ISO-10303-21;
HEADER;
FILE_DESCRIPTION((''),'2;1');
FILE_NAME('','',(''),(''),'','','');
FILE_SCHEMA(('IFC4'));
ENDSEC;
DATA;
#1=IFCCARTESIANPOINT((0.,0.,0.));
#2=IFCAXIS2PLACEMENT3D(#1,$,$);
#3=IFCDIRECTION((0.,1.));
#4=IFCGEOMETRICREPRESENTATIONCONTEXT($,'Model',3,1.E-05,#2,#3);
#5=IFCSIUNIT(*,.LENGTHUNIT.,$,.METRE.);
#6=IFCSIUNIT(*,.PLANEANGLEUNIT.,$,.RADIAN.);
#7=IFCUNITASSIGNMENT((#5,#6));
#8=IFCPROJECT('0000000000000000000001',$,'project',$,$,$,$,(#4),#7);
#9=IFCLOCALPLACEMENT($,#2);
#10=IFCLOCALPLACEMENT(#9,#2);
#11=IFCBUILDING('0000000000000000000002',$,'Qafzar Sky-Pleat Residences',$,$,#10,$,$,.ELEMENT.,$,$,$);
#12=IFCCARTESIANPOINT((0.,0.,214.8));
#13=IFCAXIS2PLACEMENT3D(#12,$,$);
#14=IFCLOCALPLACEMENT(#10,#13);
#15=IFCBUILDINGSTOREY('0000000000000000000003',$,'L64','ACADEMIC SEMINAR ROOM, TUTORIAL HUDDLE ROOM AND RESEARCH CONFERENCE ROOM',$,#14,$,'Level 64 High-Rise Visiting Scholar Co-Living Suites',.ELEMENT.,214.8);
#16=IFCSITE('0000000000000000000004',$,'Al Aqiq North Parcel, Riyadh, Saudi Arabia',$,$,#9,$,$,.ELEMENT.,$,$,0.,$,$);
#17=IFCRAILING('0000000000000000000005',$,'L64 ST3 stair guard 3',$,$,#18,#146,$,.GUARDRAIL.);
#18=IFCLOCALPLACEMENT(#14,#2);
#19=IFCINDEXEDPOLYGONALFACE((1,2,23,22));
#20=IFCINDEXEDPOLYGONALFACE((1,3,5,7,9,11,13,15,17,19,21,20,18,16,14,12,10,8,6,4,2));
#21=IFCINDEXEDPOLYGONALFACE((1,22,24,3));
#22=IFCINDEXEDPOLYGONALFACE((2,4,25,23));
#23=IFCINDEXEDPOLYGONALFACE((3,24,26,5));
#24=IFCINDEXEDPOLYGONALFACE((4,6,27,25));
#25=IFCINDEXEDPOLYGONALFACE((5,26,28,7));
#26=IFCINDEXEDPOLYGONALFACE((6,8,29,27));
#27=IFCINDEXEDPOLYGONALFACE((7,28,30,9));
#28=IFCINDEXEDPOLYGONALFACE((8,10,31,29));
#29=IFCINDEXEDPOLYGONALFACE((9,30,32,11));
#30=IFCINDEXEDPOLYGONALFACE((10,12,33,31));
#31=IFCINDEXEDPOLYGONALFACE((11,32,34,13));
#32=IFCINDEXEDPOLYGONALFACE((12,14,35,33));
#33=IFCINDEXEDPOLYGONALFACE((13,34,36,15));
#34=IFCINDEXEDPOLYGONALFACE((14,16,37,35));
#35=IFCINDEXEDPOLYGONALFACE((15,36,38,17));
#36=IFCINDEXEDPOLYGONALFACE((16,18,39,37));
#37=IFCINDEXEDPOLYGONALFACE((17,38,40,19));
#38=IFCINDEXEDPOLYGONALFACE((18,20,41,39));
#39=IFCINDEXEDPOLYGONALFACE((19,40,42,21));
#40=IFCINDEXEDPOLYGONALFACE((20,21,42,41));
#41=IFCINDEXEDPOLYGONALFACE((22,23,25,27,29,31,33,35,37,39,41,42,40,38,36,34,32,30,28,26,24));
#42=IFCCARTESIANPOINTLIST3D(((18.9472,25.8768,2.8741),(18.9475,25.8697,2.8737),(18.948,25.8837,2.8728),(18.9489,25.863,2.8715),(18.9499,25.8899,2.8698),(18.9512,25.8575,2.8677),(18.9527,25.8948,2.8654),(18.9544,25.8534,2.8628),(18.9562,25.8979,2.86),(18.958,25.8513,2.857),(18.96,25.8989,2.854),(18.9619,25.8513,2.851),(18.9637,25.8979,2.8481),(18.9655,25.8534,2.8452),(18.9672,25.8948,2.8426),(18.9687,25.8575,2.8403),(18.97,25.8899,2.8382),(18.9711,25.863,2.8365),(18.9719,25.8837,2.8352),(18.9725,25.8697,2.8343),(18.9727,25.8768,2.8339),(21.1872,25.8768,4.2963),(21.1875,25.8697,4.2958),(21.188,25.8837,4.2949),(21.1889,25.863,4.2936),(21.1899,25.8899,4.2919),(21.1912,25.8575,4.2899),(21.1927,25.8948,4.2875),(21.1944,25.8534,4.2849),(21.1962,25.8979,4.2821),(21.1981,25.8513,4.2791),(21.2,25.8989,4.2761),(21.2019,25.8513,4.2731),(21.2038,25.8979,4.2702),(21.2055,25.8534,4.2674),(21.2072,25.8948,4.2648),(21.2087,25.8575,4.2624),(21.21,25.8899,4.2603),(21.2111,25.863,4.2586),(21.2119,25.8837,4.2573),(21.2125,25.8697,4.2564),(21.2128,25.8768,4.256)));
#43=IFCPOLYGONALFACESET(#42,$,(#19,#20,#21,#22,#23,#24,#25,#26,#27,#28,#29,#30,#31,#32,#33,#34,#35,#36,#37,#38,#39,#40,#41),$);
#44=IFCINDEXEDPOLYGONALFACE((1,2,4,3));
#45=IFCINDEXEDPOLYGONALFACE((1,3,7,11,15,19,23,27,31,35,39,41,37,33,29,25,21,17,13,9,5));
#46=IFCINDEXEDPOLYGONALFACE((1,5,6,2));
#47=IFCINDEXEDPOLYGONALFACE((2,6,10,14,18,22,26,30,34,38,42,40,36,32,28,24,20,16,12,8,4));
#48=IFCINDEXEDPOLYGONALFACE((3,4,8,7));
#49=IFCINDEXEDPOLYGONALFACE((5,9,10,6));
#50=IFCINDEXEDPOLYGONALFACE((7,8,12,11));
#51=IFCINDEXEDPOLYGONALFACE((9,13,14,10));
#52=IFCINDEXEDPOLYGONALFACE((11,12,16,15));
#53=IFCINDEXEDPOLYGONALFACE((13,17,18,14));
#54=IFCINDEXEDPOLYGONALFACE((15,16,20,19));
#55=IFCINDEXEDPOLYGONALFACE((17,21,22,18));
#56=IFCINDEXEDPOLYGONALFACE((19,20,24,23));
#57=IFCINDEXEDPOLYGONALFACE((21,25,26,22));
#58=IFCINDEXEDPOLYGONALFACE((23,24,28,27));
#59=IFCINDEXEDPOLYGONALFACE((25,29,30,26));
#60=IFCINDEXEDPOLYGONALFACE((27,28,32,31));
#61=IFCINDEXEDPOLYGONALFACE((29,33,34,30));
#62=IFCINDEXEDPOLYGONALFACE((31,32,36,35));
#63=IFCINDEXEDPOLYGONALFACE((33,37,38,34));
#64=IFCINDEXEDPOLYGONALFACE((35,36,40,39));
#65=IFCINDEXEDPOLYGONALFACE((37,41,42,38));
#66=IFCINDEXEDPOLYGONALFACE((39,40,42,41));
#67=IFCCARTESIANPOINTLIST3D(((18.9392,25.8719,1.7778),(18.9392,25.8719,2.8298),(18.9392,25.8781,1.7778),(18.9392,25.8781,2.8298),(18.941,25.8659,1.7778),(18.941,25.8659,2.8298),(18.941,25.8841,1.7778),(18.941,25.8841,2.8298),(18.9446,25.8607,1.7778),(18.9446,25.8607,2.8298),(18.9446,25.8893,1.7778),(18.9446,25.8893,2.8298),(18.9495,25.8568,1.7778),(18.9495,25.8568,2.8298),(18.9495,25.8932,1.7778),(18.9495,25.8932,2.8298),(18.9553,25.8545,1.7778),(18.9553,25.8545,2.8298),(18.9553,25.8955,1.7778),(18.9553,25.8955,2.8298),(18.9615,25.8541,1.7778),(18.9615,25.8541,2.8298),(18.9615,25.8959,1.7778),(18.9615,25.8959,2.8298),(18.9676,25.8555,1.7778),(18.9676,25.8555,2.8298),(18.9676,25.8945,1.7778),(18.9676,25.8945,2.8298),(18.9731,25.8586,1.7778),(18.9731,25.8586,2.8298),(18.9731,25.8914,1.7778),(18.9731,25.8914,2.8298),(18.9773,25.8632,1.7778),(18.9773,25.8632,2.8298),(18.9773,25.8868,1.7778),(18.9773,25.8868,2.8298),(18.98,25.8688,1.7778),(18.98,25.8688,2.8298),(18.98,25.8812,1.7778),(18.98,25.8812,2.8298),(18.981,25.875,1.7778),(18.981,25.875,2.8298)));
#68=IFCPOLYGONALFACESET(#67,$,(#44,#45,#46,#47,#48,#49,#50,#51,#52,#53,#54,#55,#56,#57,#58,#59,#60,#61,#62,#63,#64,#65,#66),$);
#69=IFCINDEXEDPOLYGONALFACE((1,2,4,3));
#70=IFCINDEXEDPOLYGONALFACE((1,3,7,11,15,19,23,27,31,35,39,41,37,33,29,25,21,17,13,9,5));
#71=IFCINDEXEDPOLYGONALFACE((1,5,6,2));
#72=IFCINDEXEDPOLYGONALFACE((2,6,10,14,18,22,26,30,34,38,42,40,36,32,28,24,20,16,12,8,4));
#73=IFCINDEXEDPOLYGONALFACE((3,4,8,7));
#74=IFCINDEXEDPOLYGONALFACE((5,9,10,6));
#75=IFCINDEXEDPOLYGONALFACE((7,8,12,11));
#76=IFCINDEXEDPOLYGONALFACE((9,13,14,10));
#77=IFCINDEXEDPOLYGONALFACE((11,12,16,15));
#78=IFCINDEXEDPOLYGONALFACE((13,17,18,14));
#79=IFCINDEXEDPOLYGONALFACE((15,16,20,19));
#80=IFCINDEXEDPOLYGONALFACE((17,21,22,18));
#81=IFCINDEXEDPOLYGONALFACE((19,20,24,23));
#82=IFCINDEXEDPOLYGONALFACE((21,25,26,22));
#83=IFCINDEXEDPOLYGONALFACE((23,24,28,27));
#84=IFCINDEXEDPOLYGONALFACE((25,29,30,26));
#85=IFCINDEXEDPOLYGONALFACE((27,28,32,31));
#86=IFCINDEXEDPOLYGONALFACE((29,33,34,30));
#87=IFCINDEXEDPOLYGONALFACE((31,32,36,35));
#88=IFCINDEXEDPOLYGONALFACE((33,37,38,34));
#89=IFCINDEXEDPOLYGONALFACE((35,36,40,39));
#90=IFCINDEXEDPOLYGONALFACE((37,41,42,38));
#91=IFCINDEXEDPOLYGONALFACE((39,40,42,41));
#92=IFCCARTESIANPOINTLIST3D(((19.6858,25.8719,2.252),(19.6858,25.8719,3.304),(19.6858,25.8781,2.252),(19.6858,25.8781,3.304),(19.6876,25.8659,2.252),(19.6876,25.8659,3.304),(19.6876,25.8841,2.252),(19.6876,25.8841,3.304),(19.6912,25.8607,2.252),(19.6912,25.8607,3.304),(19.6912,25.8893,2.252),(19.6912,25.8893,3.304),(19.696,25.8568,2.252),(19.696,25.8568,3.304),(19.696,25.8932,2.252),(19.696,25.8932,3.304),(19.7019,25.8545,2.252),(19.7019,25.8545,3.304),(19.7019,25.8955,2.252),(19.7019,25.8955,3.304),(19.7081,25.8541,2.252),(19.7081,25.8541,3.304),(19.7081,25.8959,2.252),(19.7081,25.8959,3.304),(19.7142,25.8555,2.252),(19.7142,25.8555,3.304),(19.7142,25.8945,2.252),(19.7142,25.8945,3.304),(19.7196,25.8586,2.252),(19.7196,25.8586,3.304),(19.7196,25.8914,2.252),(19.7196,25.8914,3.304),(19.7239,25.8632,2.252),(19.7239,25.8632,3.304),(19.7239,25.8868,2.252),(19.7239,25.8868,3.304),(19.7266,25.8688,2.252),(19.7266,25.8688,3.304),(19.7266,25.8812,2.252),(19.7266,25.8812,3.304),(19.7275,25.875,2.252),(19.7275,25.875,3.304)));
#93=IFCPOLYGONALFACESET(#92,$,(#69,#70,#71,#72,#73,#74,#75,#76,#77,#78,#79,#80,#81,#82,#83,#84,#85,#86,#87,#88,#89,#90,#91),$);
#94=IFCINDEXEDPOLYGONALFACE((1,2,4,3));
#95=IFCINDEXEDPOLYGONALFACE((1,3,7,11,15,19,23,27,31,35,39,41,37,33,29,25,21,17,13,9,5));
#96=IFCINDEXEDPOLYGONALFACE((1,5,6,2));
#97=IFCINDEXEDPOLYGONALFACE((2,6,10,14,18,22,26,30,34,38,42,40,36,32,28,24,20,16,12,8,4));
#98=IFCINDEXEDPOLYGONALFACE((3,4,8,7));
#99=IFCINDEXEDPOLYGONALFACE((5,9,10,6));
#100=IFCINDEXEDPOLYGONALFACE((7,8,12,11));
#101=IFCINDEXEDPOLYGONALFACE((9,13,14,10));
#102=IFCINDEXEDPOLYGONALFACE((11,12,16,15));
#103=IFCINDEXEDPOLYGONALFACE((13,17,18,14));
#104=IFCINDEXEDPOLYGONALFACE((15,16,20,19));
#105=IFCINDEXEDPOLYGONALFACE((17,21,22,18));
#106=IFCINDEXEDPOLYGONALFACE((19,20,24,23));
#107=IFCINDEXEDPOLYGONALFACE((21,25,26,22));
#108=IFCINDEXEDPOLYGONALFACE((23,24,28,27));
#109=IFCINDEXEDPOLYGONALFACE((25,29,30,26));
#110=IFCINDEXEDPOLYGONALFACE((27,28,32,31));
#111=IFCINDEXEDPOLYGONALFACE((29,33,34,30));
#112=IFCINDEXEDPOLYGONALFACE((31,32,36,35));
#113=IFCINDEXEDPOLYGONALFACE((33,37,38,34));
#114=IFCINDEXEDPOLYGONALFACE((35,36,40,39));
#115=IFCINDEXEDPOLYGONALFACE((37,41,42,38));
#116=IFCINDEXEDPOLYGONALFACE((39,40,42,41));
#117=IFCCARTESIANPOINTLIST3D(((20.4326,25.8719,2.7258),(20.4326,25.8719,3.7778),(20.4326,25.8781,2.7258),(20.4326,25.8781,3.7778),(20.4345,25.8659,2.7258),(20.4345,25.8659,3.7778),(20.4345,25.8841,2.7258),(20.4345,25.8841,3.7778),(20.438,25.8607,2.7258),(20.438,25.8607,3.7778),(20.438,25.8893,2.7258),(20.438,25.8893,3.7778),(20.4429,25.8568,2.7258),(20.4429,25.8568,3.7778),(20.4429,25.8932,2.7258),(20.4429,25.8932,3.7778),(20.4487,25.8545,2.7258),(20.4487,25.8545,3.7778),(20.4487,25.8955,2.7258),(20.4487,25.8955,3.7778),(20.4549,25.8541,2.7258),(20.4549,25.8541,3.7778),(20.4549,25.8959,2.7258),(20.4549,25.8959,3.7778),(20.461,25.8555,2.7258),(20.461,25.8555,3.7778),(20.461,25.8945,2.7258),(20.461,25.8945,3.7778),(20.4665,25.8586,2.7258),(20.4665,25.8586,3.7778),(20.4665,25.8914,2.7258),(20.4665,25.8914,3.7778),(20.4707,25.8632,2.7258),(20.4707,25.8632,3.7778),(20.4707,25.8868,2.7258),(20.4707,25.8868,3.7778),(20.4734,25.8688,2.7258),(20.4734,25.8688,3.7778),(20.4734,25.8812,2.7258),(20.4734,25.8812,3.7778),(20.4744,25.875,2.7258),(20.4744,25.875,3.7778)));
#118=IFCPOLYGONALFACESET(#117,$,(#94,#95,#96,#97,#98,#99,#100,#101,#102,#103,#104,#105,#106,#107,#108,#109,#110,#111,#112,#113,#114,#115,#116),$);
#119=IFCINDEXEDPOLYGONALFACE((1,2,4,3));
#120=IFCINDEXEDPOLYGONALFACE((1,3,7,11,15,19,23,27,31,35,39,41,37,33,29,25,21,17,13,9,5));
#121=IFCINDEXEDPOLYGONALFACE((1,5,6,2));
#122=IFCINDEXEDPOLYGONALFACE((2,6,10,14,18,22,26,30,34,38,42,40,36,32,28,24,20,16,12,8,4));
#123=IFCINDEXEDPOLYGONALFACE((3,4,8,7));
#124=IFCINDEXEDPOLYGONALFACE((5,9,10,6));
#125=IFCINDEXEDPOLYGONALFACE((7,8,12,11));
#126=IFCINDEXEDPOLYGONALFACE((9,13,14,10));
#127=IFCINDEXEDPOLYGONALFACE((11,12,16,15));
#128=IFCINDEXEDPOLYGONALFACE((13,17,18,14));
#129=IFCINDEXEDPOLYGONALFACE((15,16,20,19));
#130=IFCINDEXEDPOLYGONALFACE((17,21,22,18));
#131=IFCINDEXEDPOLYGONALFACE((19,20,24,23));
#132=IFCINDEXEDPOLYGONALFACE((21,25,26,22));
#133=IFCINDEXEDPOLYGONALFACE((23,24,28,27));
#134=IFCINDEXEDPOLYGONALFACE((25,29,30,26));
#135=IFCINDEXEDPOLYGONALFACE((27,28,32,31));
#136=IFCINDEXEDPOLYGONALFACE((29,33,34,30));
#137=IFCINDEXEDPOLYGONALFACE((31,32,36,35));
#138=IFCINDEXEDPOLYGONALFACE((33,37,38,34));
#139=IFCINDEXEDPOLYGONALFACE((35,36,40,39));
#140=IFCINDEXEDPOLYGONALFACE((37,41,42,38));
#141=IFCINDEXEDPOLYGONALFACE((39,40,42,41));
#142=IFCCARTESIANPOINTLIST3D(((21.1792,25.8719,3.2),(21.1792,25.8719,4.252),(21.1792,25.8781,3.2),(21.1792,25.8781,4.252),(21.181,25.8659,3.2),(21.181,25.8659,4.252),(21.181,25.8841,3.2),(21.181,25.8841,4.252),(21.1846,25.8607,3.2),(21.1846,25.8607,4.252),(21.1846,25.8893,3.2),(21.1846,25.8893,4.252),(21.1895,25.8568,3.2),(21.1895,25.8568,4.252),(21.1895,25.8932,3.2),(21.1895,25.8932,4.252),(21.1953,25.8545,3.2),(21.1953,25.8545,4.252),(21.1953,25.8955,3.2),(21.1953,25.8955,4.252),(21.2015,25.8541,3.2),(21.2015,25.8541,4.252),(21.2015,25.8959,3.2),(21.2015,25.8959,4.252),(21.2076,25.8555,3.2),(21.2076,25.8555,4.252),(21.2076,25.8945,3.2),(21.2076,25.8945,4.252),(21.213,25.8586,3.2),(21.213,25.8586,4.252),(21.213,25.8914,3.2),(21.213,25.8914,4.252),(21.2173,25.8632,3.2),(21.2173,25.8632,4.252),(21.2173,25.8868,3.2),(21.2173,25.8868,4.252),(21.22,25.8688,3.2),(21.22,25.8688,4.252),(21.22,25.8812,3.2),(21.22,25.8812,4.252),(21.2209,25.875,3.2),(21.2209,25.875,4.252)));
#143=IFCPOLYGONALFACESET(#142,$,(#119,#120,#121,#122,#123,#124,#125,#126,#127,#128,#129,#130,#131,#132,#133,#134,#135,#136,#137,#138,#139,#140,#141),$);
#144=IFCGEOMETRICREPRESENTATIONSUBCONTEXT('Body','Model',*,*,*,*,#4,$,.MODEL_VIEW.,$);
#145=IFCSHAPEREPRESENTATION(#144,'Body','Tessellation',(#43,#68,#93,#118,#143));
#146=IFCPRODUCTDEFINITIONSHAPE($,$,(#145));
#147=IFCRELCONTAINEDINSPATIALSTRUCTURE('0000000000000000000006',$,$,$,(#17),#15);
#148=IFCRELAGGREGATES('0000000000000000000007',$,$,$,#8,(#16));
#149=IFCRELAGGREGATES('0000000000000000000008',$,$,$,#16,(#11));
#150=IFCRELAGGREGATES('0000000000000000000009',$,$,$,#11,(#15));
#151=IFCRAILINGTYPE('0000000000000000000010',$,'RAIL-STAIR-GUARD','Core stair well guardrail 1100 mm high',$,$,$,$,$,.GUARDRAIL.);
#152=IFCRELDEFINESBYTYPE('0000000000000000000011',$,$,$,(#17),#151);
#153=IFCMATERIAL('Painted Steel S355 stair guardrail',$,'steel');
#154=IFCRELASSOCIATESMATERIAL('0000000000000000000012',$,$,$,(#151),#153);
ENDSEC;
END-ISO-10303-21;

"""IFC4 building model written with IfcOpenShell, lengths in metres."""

from ifc_helpers import new_model, si_unit, direction, frame, origin, origin_2d, place, context, subcontext, project, spatial, circle, extrude, source, transform, mapped, material, type_object, element, save


model = new_model("IFC4")

# Units and contexts
model_context = context("Model", 3, precision=1e-05, world=origin(), true_north=direction((0.0, 1.0)))
body_context = subcontext(model_context, "Body", "Model", "MODEL_VIEW")
ifc_project = project(units=[si_unit("LENGTHUNIT", "METRE"), si_unit("PLANEANGLEUNIT", "RADIAN")], contexts=[model_context])

# Site, building, storey
site_placement = place(None, origin())
site = spatial("IfcSite", under=ifc_project, at=site_placement, Name="Al Aqiq North Parcel, Riyadh, Saudi Arabia", CompositionType="ELEMENT", RefElevation=0.0)
building_placement = place(site_placement, origin())
building = spatial("IfcBuilding", under=site, at=building_placement, Name="Qafzar Sky-Pleat Residences", CompositionType="ELEMENT")
storey_placement = place(building_placement, frame((0.0, 0.0, 214.8)))
storey = spatial("IfcBuildingStorey", under=building, at=storey_placement, Name="L64", Description="ACADEMIC SEMINAR ROOM, TUTORIAL HUDDLE ROOM AND RESEARCH CONFERENCE ROOM", LongName="Level 64 High-Rise Visiting Scholar Co-Living Suites", CompositionType="ELEMENT", Elevation=214.8)

# Railing
ifc_material_1 = material(Name="Painted Steel S355 stair guardrail", Category="steel")
railing_type_1 = type_object("IfcRailingType", Name="RAIL-STAIR-GUARD", Description="Core stair well guardrail 1100 mm high", PredefinedType="GUARDRAIL", material=ifc_material_1)
shared_shape_1 = source(origin(), body_context, "Body", "SweptSolid", [
    extrude(circle(Radius=0.0239, at=origin_2d()), frame((0.0, 0.0, 1.0762), z_axis=(0.844229, 0.0, 0.535982), x_axis=(0.0, 1.0, 0.0)), (0.0, 0.0, 1.0), 2.6533),
    extrude(circle(Radius=0.021, at=origin_2d()), origin(), (0.0, 0.0, 1.0), 1.052),
    extrude(circle(Radius=0.021, at=origin_2d()), frame((0.7466, 0.0, 0.4741)), (0.0, 0.0, 1.0), 1.052),
    extrude(circle(Radius=0.021, at=origin_2d()), frame((1.4934, 0.0, 0.948)), (0.0, 0.0, 1.0), 1.052),
    extrude(circle(Radius=0.021, at=origin_2d()), frame((2.24, 0.0, 1.4221)), (0.0, 0.0, 1.0), 1.052),
])
railing_1_placement = place(storey_placement, frame((18.96, 25.875, 1.7778)))
element("IfcRailing", 1, at=railing_1_placement, inside=storey, type_object=railing_type_1, Name="L64 ST3 stair guard 3", PredefinedType="GUARDRAIL", context=body_context, shape_type="MappedRepresentation", body=[
    mapped(shared_shape_1, transform((0.0, 0.0, 0.0), x_axis=(1.0, 0.0, 0.0), y_axis=(0.0, 1.0, 0.0), z_axis=(0.0, 0.0, 1.0), scale=1.0)),
])

save(model, "model.ifc")
